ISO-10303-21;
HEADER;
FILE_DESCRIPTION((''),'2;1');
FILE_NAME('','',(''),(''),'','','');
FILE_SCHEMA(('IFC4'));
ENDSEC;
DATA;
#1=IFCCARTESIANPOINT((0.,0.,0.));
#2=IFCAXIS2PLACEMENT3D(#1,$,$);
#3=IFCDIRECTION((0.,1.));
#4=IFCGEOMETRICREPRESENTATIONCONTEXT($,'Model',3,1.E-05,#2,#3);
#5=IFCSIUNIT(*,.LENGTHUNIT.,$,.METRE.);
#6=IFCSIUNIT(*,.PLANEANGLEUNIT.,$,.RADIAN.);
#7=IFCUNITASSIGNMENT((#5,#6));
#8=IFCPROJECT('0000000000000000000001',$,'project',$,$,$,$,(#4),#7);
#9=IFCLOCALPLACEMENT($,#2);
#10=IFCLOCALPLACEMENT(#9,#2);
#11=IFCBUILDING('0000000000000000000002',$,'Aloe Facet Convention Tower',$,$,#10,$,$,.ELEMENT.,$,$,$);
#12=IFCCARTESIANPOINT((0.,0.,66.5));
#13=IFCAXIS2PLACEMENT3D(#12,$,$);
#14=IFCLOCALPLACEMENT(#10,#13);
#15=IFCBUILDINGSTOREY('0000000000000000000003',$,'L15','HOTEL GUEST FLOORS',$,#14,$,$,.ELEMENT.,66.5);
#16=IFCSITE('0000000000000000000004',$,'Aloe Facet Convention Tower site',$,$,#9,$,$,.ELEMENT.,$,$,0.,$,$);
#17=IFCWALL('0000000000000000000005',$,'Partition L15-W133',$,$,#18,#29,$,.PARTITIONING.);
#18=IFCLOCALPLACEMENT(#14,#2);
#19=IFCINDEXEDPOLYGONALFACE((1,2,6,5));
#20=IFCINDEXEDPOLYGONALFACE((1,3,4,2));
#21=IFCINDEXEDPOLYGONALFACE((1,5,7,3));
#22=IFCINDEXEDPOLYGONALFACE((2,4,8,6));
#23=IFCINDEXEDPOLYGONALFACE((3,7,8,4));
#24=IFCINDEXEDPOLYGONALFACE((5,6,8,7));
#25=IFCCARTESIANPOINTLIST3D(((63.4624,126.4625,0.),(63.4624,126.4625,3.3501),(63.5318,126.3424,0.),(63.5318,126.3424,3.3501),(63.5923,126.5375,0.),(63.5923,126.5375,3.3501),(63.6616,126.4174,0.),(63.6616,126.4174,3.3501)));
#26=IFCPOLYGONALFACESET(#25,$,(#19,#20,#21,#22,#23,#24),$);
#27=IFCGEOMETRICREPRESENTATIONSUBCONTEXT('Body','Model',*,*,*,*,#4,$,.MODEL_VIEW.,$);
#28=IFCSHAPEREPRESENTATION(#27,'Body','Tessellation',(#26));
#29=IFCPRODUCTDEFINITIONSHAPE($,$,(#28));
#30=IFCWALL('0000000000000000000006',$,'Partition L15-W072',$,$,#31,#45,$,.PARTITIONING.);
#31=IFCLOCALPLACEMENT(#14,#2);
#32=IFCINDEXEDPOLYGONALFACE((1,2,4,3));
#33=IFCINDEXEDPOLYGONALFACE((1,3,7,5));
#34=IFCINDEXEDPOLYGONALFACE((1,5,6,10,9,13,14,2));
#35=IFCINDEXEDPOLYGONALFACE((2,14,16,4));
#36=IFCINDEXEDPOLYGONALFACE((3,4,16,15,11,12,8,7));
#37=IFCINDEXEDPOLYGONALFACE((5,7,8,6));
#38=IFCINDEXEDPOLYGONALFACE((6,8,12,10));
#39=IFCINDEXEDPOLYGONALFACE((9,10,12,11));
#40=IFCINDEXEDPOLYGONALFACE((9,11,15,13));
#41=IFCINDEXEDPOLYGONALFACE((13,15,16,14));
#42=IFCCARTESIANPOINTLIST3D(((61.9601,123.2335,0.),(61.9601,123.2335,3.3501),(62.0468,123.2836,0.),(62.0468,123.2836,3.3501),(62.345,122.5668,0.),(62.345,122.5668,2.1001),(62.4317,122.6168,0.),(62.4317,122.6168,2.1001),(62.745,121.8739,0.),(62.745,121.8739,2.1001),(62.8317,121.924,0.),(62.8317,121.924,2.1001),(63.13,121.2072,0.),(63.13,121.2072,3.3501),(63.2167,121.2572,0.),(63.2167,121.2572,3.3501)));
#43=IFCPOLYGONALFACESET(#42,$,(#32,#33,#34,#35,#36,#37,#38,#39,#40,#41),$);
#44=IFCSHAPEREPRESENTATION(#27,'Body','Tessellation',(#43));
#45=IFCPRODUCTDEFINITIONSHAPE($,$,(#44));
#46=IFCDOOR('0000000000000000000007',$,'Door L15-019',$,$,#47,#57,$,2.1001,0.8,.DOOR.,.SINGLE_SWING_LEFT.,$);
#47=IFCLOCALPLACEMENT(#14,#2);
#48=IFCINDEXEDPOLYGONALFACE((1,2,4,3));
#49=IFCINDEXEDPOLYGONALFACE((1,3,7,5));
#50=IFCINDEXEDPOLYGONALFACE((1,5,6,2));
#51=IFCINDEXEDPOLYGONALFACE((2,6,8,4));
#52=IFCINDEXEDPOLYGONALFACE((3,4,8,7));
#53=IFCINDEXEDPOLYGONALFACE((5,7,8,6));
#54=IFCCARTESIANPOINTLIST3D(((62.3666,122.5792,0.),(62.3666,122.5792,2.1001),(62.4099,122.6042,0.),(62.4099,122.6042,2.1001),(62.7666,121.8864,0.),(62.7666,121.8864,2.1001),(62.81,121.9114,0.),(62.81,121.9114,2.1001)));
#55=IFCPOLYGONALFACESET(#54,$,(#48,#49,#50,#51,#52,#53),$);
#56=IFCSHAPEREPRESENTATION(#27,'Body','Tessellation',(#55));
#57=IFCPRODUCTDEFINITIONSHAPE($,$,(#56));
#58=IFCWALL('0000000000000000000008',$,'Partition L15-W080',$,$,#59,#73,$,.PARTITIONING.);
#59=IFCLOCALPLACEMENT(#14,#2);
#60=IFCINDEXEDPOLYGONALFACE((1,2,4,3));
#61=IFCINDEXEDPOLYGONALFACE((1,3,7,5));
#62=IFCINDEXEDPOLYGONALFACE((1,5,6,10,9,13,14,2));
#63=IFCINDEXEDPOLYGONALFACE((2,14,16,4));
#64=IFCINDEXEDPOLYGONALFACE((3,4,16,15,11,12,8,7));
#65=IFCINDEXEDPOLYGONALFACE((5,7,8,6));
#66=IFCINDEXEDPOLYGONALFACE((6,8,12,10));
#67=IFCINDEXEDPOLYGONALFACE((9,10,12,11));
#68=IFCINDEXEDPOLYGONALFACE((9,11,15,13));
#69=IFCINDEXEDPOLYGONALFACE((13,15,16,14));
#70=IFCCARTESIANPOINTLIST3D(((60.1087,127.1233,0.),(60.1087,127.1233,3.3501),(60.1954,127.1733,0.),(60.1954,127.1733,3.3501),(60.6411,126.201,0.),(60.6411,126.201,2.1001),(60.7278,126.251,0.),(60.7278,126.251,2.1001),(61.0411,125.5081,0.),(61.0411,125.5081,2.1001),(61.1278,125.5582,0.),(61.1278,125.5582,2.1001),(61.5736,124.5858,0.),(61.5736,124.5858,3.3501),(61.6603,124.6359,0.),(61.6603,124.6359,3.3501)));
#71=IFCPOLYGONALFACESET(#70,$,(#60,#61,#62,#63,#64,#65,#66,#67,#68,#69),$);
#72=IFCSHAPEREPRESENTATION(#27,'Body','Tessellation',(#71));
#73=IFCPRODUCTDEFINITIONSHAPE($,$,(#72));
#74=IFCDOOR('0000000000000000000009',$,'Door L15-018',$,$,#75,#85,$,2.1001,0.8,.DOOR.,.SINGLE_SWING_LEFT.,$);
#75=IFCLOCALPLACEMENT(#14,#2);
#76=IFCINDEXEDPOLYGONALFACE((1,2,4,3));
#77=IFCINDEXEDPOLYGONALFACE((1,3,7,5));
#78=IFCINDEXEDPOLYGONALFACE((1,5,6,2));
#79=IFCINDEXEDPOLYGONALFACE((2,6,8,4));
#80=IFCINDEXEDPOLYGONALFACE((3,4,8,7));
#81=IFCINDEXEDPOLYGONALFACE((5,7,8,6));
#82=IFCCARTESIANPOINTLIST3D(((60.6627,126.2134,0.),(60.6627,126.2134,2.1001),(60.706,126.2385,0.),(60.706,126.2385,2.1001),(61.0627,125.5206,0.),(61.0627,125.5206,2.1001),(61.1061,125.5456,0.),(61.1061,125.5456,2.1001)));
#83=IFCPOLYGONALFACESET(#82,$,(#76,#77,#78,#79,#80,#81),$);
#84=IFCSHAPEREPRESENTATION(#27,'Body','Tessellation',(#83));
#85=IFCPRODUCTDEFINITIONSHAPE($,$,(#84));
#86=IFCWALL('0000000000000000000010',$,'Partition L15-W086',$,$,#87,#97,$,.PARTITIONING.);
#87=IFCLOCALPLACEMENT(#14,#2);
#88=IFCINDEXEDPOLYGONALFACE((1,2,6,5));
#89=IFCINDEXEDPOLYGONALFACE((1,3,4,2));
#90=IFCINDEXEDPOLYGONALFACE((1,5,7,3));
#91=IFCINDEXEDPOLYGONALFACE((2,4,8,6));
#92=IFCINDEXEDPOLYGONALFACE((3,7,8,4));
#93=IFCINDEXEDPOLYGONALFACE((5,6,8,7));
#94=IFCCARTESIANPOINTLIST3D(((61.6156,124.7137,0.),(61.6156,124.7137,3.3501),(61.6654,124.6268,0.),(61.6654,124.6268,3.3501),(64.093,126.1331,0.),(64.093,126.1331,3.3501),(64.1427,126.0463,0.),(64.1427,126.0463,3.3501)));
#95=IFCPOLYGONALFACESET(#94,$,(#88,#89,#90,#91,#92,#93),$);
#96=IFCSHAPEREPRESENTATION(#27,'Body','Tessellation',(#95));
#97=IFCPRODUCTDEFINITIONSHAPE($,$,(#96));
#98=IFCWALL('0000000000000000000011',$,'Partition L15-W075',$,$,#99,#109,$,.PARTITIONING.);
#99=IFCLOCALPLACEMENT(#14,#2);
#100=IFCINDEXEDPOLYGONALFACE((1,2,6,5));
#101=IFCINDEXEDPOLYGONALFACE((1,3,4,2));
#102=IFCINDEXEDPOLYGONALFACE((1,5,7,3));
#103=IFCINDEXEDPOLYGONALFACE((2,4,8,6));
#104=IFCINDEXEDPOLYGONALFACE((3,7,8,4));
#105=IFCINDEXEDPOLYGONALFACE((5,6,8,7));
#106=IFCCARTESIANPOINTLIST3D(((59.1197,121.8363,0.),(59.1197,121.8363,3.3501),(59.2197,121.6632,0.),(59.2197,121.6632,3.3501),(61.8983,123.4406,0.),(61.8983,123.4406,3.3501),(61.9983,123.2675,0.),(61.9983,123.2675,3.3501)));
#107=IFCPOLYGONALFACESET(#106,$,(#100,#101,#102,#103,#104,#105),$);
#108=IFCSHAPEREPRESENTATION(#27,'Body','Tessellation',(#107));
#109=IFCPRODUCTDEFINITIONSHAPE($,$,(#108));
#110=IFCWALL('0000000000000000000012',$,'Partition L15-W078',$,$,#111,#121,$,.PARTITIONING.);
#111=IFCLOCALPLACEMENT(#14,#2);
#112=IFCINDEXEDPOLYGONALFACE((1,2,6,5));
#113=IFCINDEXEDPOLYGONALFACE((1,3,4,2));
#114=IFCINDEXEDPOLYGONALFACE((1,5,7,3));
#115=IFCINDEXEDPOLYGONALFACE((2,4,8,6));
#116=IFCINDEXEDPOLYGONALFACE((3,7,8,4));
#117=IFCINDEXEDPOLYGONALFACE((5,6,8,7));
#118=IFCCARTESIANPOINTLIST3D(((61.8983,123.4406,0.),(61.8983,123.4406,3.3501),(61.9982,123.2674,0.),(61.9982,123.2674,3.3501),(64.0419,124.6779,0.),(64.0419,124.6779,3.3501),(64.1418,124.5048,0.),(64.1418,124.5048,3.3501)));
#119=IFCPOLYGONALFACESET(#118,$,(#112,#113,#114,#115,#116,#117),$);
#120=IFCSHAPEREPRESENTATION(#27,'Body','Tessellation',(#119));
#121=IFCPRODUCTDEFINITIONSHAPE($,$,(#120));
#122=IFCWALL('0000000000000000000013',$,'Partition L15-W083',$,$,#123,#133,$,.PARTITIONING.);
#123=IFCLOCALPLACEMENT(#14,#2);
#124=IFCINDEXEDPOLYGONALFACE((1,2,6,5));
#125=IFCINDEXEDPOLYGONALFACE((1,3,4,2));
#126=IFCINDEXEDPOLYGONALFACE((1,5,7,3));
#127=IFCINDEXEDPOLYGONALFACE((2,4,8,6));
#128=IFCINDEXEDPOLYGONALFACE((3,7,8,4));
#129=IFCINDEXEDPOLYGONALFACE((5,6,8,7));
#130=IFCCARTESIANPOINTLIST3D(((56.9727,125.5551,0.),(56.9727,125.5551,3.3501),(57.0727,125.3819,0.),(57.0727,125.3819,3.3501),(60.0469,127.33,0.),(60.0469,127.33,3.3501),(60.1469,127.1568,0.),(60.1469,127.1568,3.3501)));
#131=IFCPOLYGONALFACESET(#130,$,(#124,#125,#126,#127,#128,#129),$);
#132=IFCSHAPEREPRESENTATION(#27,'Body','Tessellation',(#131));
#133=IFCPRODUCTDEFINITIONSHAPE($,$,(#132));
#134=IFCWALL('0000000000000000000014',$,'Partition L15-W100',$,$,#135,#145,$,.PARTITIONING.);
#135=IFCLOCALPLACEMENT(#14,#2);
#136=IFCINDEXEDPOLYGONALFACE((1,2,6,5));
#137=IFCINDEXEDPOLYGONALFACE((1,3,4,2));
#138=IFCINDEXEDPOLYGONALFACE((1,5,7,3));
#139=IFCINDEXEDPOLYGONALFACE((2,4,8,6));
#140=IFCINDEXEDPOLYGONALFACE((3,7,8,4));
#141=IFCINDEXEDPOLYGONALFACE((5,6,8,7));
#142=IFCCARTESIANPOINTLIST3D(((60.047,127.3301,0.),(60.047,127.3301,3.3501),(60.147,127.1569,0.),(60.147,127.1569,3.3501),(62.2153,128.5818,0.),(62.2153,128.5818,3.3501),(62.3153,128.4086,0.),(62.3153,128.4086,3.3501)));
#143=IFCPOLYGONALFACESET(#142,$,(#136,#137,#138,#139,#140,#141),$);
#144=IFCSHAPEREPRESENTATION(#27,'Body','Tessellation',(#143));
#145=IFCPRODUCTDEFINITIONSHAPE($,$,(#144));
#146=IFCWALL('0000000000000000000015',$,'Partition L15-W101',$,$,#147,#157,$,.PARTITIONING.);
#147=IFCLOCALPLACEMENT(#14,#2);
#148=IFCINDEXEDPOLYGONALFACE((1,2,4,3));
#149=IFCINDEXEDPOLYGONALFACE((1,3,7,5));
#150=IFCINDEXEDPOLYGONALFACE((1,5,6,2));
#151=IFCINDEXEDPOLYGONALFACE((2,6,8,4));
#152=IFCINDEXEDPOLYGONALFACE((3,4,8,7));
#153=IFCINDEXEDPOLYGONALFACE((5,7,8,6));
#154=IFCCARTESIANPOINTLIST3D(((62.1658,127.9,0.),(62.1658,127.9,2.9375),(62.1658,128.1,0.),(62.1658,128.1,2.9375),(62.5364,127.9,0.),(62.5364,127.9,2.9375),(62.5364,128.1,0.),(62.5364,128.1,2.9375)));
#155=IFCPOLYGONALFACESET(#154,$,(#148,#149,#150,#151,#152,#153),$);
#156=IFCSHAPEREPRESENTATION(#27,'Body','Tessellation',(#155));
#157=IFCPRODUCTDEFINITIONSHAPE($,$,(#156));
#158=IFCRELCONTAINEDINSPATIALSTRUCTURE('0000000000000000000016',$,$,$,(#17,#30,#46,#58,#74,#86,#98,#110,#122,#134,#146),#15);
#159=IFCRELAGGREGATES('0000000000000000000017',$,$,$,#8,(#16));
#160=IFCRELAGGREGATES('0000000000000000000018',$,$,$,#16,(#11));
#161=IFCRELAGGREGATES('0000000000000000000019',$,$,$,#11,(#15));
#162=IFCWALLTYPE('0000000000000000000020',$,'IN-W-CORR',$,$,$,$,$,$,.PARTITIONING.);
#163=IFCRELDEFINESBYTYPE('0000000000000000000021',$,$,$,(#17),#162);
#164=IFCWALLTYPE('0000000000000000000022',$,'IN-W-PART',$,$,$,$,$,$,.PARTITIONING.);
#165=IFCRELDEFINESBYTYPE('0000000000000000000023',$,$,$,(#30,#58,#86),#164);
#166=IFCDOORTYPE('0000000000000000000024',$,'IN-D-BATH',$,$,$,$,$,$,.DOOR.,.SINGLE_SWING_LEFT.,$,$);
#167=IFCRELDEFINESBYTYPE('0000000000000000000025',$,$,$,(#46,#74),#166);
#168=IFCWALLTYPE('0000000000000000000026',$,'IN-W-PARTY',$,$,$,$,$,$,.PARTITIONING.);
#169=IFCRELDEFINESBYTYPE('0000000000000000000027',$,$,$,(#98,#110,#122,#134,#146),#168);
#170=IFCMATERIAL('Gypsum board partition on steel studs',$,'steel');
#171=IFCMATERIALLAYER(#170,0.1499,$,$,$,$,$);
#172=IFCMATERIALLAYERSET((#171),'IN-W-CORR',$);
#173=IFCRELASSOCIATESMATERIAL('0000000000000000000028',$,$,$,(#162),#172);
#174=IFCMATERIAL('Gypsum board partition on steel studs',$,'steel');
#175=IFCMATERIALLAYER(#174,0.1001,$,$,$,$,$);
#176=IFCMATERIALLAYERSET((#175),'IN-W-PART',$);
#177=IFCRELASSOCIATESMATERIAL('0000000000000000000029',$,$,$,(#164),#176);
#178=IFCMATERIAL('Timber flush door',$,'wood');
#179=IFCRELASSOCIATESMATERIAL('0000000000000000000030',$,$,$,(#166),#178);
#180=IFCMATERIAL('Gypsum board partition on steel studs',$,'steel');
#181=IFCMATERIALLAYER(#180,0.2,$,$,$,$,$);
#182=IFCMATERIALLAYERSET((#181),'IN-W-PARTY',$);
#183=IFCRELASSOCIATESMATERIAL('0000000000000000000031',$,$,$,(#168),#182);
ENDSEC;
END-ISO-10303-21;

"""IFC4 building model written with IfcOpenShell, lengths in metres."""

from ifc_helpers import new_model, si_unit, direction, frame, frame_2d, origin, place, context, subcontext, project, spatial, rectangle, extrude, material, layer, layer_set, type_object, element, fill, save


model = new_model("IFC4")

# Units and contexts
model_context = context("Model", 3, precision=1e-05, world=origin(), true_north=direction((0.0, 1.0)))
body_context = subcontext(model_context, "Body", "Model", "MODEL_VIEW")
ifc_project = project(units=[si_unit("LENGTHUNIT", "METRE"), si_unit("PLANEANGLEUNIT", "RADIAN")], contexts=[model_context])

# Site, building, storey
site_placement = place(None, origin())
site = spatial("IfcSite", under=ifc_project, at=site_placement, Name="Aloe Facet Convention Tower site", CompositionType="ELEMENT", RefElevation=0.0)
building_placement = place(site_placement, origin())
building = spatial("IfcBuilding", under=site, at=building_placement, Name="Aloe Facet Convention Tower", CompositionType="ELEMENT")
storey_placement = place(building_placement, frame((0.0, 0.0, 66.5)))
storey = spatial("IfcBuildingStorey", under=building, at=storey_placement, Name="L15", Description="HOTEL GUEST FLOORS", CompositionType="ELEMENT", Elevation=66.5)

# Shared definitions
ifc_material_1 = material(Name="Gypsum board partition on steel studs", Category="steel")
ifc_layer_1 = layer(ifc_material_1, 0.1499)
ifc_layer_set_1 = layer_set([ifc_layer_1], Name="IN-W-CORR")
wall_type_1 = type_object("IfcWallType", Name="IN-W-CORR", PredefinedType="PARTITIONING", material=ifc_layer_set_1)

# Wall
wall_1_placement = place(storey_placement, frame((63.5273, 126.5, 0.0), z_axis=(0.0, 0.0, 1.0), x_axis=(0.499926, -0.866068, 0.0)))
element("IfcWall", 1, at=wall_1_placement, inside=storey, type_object=wall_type_1, Name="Partition L15-W133", PredefinedType="PARTITIONING", context=body_context, shape_type="SweptSolid", body=[
    extrude(rectangle(XDim=0.1387, YDim=0.1499, at=frame_2d((0.0693, 0.0))), origin(), (0.0, 0.0, 1.0), 3.3501),
])

# Walls, openings, doors
ifc_material_2 = material(Name="Gypsum board partition on steel studs", Category="steel")
ifc_layer_2 = layer(ifc_material_2, 0.1001)
ifc_layer_set_2 = layer_set([ifc_layer_2], Name="IN-W-PART")
wall_type_2 = type_object("IfcWallType", Name="IN-W-PART", PredefinedType="PARTITIONING", material=ifc_layer_set_2)
wall_2_placement = place(storey_placement, frame((62.0034, 123.2585, 0.0), z_axis=(0.0, 0.0, 1.0), x_axis=(0.499999, -0.866026, 0.0)))
wall_2 = element("IfcWall", 2, at=wall_2_placement, inside=storey, type_object=wall_type_2, Name="Partition L15-W072", PredefinedType="PARTITIONING", context=body_context, shape_type="SweptSolid", body=[
    extrude(rectangle(XDim=2.3398, YDim=0.1001, at=frame_2d((1.1699, 0.0))), origin(), (0.0, 0.0, 1.0), 3.3501),
])
opening_1_placement = place(wall_2_placement, frame((0.77, 0.0, 0.0)))
opening_1 = element("IfcOpeningElement", 3, at=opening_1_placement, cuts=wall_2, PredefinedType="OPENING", context=body_context, shape_type="SweptSolid", body=[
    extrude(rectangle(XDim=0.8, YDim=2.1001, at=frame_2d((0.3999, 1.05))), frame((0.0, 0.0601, 0.0), z_axis=(0.0, -1.0, 0.0), x_axis=(1.0, 0.0, 0.0)), (0.0, 0.0, 1.0), 0.1201),
])
ifc_material_3 = material(Name="Timber flush door", Category="wood")
door_type_1 = type_object("IfcDoorType", Name="IN-D-BATH", OperationType="SINGLE_SWING_LEFT", PredefinedType="DOOR", material=ifc_material_3)
door_1_placement = place(opening_1_placement, origin())
door_1 = element("IfcDoor", 4, at=door_1_placement, inside=storey, type_object=door_type_1, Name="Door L15-019", OperationType="SINGLE_SWING_LEFT", OverallHeight=2.1001, OverallWidth=0.8, PredefinedType="DOOR", context=body_context, shape_type="SweptSolid", body=[
    extrude(rectangle(XDim=0.8, YDim=2.1001, at=frame_2d((0.3999, 1.05))), frame((0.0, 0.0249, 0.0), z_axis=(0.0, -1.0, 0.0), x_axis=(1.0, 0.0, 0.0)), (0.0, 0.0, 1.0), 0.05),
])
fill(opening_1, door_1)
wall_3_placement = place(storey_placement, frame((60.1521, 127.1482, 0.0), z_axis=(0.0, 0.0, 1.0), x_axis=(0.499975, -0.86604, 0.0)))
wall_3 = element("IfcWall", 5, at=wall_3_placement, inside=storey, type_object=wall_type_2, Name="Partition L15-W080", PredefinedType="PARTITIONING", context=body_context, shape_type="SweptSolid", body=[
    extrude(rectangle(XDim=2.9299, YDim=0.1001, at=frame_2d((1.4648, 0.0))), origin(), (0.0, 0.0, 1.0), 3.3501),
])
opening_2_placement = place(wall_3_placement, frame((1.0649, 0.0, 0.0)))
opening_2 = element("IfcOpeningElement", 6, at=opening_2_placement, cuts=wall_3, PredefinedType="OPENING", context=body_context, shape_type="SweptSolid", body=[
    extrude(rectangle(XDim=0.8, YDim=2.1001, at=frame_2d((0.3999, 1.05))), frame((0.0, 0.0601, 0.0), z_axis=(0.0, -1.0, 0.0), x_axis=(1.0, 0.0, 0.0)), (0.0, 0.0, 1.0), 0.1201),
])
door_2_placement = place(opening_2_placement, origin())
door_2 = element("IfcDoor", 7, at=door_2_placement, inside=storey, type_object=door_type_1, Name="Door L15-018", OperationType="SINGLE_SWING_LEFT", OverallHeight=2.1001, OverallWidth=0.8, PredefinedType="DOOR", context=body_context, shape_type="SweptSolid", body=[
    extrude(rectangle(XDim=0.8, YDim=2.1001, at=frame_2d((0.3999, 1.05))), frame((0.0, 0.0249, 0.0), z_axis=(0.0, -1.0, 0.0), x_axis=(1.0, 0.0, 0.0)), (0.0, 0.0, 1.0), 0.05),
])
fill(opening_2, door_2)

# Walls
wall_4_placement = place(storey_placement, frame((61.6404, 124.6702, 0.0), z_axis=(0.0, 0.0, 1.0), x_axis=(0.867664, 0.497152, 0.0)))
element("IfcWall", 8, at=wall_4_placement, inside=storey, type_object=wall_type_2, Name="Partition L15-W086", PredefinedType="PARTITIONING", context=body_context, shape_type="SweptSolid", body=[
    extrude(rectangle(XDim=2.8552, YDim=0.1001, at=frame_2d((1.4277, 0.0))), origin(), (0.0, 0.0, 1.0), 3.3501),
])
ifc_material_4 = material(Name="Gypsum board partition on steel studs", Category="steel")
ifc_layer_3 = layer(ifc_material_4, 0.2)
ifc_layer_set_3 = layer_set([ifc_layer_3], Name="IN-W-PARTY")
wall_type_3 = type_object("IfcWallType", Name="IN-W-PARTY", PredefinedType="PARTITIONING", material=ifc_layer_set_3)
wall_5_placement = place(storey_placement, frame((59.1697, 121.7498, 0.0), z_axis=(0.0, 0.0, 1.0), x_axis=(0.86602, 0.50001, 0.0)))
element("IfcWall", 9, at=wall_5_placement, inside=storey, type_object=wall_type_3, Name="Partition L15-W075", PredefinedType="PARTITIONING", context=body_context, shape_type="SweptSolid", body=[
    extrude(rectangle(XDim=3.2085, YDim=0.2, at=frame_2d((1.6042, 0.0))), origin(), (0.0, 0.0, 1.0), 3.3501),
])
wall_6_placement = place(storey_placement, frame((61.9482, 123.354, 0.0), z_axis=(0.0, 0.0, 1.0), x_axis=(0.866074, 0.499916, 0.0)))
element("IfcWall", 10, at=wall_6_placement, inside=storey, type_object=wall_type_3, Name="Partition L15-W078", PredefinedType="PARTITIONING", context=body_context, shape_type="SweptSolid", body=[
    extrude(rectangle(XDim=2.4751, YDim=0.2, at=frame_2d((1.2375, 0.0))), origin(), (0.0, 0.0, 1.0), 3.3501),
])
wall_7_placement = place(storey_placement, frame((57.0227, 125.4685, 0.0), z_axis=(0.0, 0.0, 1.0), x_axis=(0.866025, 0.5, 0.0)))
element("IfcWall", 11, at=wall_7_placement, inside=storey, type_object=wall_type_3, Name="Partition L15-W083", PredefinedType="PARTITIONING", context=body_context, shape_type="SweptSolid", body=[
    extrude(rectangle(XDim=3.5498, YDim=0.2, at=frame_2d((1.7749, 0.0))), origin(), (0.0, 0.0, 1.0), 3.3501),
])
wall_8_placement = place(storey_placement, frame((60.0969, 127.2434, 0.0), z_axis=(0.0, 0.0, 1.0), x_axis=(0.866044, 0.499967, 0.0)))
element("IfcWall", 12, at=wall_8_placement, inside=storey, type_object=wall_type_3, Name="Partition L15-W100", PredefinedType="PARTITIONING", context=body_context, shape_type="SweptSolid", body=[
    extrude(rectangle(XDim=2.5037, YDim=0.2, at=frame_2d((1.252, 0.0))), origin(), (0.0, 0.0, 1.0), 3.3501),
])
wall_9_placement = place(storey_placement, frame((62.1658, 128.0, 0.0), z_axis=(0.0, 0.0, 1.0), x_axis=(1.0, 0.0, 0.0)))
element("IfcWall", 13, at=wall_9_placement, inside=storey, type_object=wall_type_3, Name="Partition L15-W101", PredefinedType="PARTITIONING", context=body_context, shape_type="SweptSolid", body=[
    extrude(rectangle(XDim=0.3706, YDim=0.2, at=frame_2d((0.1853, 0.0))), origin(), (0.0, 0.0, 1.0), 2.9375),
])

save(model, "model.ifc")
